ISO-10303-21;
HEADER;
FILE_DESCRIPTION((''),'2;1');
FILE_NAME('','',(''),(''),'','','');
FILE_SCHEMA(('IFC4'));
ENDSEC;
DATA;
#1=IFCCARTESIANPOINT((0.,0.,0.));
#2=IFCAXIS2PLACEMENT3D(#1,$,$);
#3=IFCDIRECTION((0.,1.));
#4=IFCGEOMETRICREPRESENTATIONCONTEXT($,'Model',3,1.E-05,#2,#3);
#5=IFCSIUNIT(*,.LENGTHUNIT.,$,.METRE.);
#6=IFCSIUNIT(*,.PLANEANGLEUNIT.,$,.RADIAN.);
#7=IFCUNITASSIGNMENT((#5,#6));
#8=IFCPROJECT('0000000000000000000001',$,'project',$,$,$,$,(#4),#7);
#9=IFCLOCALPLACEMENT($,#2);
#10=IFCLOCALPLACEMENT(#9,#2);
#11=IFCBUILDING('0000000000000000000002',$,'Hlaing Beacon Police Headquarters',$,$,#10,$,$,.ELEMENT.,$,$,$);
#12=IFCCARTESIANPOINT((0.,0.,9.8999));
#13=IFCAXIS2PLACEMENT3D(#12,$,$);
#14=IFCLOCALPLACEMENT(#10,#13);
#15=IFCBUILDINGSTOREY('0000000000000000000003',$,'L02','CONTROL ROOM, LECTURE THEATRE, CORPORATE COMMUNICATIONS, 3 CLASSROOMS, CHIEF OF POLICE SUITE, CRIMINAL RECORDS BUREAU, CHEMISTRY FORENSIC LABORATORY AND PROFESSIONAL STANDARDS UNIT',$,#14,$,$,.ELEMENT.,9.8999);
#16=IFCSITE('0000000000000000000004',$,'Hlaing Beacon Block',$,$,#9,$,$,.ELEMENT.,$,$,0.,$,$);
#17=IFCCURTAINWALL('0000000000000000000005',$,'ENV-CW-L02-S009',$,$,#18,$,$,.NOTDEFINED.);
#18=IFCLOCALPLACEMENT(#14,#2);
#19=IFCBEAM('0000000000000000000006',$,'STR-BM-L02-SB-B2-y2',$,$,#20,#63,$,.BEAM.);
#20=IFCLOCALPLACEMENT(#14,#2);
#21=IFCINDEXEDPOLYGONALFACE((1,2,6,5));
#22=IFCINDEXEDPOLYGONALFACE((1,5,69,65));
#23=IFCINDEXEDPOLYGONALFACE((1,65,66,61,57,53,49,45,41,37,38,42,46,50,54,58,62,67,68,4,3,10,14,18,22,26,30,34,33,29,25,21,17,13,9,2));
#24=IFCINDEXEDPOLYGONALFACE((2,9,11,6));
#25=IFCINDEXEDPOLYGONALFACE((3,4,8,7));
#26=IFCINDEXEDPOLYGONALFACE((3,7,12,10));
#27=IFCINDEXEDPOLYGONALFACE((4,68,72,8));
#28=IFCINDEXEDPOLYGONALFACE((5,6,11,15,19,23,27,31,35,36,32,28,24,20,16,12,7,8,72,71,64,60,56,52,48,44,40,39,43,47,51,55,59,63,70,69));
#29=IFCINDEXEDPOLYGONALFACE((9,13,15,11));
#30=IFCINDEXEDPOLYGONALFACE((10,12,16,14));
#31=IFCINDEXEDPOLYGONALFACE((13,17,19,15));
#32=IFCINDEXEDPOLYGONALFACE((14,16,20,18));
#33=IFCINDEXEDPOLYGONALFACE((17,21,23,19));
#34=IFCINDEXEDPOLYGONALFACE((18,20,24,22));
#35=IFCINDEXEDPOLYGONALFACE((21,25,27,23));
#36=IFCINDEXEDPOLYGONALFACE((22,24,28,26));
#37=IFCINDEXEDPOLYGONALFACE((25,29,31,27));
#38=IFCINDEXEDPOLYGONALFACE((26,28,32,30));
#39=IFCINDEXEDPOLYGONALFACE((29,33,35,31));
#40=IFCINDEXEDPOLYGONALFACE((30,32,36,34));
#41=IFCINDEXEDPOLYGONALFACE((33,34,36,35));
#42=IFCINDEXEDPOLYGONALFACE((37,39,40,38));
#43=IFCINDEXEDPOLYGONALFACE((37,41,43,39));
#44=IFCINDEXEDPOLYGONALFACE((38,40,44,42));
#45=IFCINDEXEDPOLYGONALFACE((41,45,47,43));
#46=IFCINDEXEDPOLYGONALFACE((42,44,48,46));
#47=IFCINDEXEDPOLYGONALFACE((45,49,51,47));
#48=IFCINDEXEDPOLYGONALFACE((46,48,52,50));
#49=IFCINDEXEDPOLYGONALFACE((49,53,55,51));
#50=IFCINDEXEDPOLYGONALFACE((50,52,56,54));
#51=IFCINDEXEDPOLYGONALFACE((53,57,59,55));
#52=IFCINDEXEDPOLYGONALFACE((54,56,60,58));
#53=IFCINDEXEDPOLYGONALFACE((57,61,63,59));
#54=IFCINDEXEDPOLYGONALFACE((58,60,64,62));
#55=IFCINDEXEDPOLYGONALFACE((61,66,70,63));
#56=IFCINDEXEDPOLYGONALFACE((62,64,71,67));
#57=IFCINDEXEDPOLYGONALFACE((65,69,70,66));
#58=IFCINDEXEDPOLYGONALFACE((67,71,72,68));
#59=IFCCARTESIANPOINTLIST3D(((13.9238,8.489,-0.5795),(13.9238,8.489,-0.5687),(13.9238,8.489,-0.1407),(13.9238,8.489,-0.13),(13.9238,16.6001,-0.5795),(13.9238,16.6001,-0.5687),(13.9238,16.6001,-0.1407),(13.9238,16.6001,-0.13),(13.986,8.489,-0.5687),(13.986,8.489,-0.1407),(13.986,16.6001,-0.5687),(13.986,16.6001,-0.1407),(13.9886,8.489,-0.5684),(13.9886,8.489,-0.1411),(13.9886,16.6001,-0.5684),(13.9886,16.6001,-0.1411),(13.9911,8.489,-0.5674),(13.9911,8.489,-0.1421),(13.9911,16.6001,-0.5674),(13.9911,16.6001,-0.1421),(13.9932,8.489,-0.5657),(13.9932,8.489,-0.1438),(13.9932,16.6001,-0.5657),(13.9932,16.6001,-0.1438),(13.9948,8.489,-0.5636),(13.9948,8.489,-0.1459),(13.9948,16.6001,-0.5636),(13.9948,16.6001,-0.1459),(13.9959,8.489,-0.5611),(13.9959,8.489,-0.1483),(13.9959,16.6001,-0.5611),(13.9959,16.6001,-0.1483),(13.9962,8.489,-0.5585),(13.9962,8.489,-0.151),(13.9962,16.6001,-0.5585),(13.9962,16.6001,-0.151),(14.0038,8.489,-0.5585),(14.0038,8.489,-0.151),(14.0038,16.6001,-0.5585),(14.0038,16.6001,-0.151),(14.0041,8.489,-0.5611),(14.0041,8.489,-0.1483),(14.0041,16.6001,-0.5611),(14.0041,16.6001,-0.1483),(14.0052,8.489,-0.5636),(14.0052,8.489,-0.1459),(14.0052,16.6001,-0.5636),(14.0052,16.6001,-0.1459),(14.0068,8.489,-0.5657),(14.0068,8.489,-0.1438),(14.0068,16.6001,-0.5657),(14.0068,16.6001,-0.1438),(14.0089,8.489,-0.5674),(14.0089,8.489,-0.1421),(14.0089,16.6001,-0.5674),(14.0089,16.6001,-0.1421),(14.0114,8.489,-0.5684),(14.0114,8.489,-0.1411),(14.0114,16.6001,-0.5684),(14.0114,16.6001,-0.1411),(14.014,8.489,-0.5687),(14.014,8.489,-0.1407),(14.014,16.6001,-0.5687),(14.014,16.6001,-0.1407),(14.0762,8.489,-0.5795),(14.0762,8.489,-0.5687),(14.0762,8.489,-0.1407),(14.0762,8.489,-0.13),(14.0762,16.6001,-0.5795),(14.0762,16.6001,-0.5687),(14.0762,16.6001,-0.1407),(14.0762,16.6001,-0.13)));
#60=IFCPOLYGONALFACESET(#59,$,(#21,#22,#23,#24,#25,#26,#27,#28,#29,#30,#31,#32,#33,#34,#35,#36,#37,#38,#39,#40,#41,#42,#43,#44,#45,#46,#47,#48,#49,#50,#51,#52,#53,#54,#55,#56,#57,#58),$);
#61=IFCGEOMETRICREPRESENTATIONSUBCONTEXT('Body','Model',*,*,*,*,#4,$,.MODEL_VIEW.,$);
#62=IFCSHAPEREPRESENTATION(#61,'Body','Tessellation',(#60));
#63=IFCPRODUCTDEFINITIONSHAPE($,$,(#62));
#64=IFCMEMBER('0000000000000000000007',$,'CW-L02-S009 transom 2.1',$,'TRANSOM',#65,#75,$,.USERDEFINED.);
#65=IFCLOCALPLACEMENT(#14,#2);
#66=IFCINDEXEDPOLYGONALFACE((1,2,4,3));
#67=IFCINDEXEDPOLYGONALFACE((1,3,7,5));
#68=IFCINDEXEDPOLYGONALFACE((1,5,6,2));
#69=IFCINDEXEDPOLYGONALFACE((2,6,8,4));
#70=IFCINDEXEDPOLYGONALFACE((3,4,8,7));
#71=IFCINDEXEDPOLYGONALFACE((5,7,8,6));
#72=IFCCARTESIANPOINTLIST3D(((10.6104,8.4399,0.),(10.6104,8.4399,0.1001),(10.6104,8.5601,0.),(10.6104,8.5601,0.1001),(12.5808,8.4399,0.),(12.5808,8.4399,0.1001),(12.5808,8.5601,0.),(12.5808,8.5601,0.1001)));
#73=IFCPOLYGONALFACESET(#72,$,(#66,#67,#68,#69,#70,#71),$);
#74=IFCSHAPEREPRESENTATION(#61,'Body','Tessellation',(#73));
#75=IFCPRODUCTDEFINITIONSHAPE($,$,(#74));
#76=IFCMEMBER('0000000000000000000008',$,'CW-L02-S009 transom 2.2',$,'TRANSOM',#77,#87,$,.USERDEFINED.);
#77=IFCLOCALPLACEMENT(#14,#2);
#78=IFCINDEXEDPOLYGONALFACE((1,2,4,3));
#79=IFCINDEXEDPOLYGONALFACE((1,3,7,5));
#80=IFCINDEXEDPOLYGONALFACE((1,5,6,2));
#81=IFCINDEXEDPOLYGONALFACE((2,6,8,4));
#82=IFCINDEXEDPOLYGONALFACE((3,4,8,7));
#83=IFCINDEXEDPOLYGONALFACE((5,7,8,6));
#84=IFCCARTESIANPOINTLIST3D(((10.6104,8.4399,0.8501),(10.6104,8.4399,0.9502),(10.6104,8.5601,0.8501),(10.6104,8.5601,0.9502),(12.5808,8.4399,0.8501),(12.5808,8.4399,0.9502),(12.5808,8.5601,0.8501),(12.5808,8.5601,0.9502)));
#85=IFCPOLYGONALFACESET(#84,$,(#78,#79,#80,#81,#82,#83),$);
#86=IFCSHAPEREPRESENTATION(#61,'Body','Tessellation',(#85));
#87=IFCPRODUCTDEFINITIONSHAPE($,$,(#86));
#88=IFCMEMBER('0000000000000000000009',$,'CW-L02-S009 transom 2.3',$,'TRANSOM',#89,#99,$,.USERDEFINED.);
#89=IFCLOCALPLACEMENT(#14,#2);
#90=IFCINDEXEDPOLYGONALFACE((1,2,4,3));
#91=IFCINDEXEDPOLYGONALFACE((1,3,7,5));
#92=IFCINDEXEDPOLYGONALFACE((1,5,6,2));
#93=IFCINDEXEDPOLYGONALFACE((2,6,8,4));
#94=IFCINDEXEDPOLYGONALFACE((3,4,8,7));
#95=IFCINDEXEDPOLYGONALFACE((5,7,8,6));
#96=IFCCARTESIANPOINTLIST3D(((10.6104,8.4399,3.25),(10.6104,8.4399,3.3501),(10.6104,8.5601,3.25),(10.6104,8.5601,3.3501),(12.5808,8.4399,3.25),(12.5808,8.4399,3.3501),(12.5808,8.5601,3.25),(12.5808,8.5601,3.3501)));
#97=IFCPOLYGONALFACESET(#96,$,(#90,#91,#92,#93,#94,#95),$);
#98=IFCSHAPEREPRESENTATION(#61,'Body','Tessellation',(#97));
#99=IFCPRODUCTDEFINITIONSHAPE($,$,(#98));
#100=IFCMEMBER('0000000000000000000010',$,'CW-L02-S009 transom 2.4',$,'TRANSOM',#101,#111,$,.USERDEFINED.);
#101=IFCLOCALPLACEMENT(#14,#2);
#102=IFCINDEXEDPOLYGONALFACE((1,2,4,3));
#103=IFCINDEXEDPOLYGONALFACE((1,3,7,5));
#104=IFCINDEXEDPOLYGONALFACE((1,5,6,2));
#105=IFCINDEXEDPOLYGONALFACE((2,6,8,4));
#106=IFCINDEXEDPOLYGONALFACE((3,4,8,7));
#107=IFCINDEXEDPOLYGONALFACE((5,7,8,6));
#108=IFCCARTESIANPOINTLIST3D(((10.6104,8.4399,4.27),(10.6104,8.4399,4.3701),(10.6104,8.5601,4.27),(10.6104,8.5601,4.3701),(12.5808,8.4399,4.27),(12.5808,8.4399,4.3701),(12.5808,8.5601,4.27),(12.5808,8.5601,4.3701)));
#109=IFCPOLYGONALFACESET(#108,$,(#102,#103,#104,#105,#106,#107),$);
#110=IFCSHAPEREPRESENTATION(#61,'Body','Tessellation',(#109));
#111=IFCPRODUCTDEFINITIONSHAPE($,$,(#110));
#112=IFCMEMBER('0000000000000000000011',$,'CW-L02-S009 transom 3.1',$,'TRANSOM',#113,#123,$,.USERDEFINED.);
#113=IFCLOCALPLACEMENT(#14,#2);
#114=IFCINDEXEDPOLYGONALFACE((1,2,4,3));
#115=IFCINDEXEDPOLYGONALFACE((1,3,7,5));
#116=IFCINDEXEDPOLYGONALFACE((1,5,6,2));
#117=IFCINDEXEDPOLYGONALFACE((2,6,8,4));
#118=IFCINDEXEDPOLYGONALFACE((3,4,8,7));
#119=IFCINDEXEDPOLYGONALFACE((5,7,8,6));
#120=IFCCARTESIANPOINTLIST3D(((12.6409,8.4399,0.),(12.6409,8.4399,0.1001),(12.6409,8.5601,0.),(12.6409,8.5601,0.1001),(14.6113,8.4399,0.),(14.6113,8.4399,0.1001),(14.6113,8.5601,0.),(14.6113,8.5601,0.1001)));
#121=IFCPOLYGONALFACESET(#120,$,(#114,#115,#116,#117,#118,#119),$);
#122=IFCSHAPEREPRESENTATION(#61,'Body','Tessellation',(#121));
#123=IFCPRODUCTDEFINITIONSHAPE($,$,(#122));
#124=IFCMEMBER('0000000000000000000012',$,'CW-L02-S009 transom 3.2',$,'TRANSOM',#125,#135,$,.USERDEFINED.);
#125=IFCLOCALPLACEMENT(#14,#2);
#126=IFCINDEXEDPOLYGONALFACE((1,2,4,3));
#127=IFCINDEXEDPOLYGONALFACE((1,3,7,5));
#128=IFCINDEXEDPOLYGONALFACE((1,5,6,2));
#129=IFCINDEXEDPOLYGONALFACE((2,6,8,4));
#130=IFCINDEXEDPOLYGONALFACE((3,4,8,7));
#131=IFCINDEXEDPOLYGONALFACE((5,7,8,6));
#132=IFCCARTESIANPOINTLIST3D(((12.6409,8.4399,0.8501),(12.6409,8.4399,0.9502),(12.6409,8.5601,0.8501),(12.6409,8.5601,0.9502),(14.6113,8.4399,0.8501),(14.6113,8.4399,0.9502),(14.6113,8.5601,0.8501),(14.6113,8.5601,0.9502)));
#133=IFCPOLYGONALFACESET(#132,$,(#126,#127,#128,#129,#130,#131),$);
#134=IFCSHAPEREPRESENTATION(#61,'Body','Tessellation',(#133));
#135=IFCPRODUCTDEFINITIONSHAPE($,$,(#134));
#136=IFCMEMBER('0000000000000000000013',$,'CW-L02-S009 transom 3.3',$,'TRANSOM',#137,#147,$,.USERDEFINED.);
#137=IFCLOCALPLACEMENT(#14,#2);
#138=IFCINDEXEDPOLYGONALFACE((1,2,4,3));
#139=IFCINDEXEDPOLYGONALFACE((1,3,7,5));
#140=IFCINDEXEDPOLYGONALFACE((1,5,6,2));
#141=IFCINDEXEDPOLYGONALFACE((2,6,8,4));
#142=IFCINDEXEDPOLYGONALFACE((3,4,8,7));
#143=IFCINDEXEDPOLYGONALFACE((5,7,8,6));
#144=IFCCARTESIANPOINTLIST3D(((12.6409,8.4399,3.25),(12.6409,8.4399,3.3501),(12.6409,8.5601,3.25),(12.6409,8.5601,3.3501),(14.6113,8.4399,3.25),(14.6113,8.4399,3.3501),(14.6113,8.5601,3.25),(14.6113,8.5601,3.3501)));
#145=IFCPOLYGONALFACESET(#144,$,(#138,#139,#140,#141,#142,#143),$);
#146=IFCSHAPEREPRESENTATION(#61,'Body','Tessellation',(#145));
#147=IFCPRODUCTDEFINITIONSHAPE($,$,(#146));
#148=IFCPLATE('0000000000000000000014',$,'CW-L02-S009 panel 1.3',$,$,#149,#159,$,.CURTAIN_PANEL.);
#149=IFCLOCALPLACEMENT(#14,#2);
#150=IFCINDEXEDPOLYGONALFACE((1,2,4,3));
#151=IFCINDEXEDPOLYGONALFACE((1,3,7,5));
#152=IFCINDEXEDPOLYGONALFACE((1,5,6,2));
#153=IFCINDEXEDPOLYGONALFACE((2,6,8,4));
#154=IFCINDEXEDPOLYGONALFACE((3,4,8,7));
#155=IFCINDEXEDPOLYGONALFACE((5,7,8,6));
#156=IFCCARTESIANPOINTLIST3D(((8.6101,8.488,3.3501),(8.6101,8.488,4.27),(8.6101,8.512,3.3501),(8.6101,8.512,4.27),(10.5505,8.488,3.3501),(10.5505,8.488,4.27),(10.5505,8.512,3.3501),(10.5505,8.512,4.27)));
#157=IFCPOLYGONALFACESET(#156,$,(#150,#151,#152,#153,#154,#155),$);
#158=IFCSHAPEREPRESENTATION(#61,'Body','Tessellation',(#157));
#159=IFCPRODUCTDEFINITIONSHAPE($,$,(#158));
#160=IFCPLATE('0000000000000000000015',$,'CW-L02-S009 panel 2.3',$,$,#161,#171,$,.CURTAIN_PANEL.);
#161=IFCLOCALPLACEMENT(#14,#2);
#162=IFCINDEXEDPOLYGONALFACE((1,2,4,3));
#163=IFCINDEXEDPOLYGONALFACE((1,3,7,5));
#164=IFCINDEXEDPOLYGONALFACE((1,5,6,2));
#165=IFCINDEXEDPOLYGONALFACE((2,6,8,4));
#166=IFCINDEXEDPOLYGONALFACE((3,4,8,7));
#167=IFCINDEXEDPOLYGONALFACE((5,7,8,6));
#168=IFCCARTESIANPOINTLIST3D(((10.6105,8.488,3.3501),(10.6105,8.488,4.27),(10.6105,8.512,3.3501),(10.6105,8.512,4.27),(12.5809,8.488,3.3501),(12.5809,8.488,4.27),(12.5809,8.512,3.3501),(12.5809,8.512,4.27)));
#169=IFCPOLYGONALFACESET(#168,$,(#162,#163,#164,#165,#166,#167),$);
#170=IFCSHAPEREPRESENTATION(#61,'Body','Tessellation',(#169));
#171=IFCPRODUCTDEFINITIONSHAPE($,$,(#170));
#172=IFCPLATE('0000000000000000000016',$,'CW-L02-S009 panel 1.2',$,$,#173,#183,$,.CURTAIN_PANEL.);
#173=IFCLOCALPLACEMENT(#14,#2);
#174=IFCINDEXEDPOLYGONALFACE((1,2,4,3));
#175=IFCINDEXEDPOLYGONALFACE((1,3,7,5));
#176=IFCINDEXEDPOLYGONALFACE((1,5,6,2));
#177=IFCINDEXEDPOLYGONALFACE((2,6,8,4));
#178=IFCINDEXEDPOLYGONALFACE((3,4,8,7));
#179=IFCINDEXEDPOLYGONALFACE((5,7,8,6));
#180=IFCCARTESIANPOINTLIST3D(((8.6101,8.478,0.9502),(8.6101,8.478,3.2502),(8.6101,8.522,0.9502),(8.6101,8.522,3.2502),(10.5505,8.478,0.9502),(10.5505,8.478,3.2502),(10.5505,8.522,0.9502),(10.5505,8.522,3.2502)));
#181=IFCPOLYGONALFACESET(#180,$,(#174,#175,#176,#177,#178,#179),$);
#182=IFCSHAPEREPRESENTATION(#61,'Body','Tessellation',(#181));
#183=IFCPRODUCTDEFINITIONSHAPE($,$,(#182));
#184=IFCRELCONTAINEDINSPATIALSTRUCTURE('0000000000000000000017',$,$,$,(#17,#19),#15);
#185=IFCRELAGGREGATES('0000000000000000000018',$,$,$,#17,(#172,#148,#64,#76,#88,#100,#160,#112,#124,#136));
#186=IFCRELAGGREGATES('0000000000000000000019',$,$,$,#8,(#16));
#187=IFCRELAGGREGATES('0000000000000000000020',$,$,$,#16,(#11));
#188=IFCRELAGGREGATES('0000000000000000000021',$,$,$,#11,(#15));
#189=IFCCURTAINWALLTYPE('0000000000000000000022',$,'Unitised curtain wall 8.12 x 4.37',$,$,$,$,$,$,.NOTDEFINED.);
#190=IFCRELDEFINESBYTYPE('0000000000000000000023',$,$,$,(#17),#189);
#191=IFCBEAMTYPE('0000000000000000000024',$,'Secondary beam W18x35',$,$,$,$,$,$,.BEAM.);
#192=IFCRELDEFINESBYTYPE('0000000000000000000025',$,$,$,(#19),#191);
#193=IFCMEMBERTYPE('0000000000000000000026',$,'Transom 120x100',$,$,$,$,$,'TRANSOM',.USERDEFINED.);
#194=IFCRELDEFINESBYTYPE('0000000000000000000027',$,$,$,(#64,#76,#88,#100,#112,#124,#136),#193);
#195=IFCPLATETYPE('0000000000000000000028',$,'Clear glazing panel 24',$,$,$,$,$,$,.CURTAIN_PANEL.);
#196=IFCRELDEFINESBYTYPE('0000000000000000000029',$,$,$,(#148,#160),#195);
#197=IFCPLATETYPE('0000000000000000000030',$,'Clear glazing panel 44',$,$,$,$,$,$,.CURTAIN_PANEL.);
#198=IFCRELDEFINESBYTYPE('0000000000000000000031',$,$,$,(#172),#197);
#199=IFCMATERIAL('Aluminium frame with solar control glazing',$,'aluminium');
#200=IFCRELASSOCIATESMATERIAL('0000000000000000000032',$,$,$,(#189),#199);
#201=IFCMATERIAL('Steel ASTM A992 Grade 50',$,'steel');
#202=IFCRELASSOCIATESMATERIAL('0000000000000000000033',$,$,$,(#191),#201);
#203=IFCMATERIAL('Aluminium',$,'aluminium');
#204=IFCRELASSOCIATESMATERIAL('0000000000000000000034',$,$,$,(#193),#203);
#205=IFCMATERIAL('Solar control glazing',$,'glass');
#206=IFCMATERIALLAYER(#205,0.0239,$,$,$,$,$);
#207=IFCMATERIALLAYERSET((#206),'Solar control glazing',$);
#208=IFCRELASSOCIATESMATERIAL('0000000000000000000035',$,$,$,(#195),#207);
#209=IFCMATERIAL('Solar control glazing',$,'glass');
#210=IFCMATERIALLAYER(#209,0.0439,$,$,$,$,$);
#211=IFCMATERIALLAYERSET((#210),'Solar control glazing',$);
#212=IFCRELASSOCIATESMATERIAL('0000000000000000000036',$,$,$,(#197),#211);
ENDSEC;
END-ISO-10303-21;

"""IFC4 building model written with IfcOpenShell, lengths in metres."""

from ifc_helpers import new_model, si_unit, direction, frame, origin, origin_2d, place, context, subcontext, project, spatial, rectangle, i_section, extrude, material, layer, layer_set, material_profile, profile_set, type_object, element, aggregate, save


model = new_model("IFC4")

# Units and contexts
model_context = context("Model", 3, precision=1e-05, world=origin(), true_north=direction((0.0, 1.0)))
body_context = subcontext(model_context, "Body", "Model", "MODEL_VIEW")
ifc_project = project(units=[si_unit("LENGTHUNIT", "METRE"), si_unit("PLANEANGLEUNIT", "RADIAN")], contexts=[model_context])

# Site, building, storey
site_placement = place(None, origin())
site = spatial("IfcSite", under=ifc_project, at=site_placement, Name="Hlaing Beacon Block", CompositionType="ELEMENT", RefElevation=0.0)
building_placement = place(site_placement, origin())
building = spatial("IfcBuilding", under=site, at=building_placement, Name="Hlaing Beacon Police Headquarters", CompositionType="ELEMENT")
storey_placement = place(building_placement, frame((0.0, 0.0, 9.8999)))
storey = spatial("IfcBuildingStorey", under=building, at=storey_placement, Name="L02", Description="CONTROL ROOM, LECTURE THEATRE, CORPORATE COMMUNICATIONS, 3 CLASSROOMS, CHIEF OF POLICE SUITE, CRIMINAL RECORDS BUREAU, CHEMISTRY FORENSIC LABORATORY AND PROFESSIONAL STANDARDS UNIT", CompositionType="ELEMENT", Elevation=9.8999)

# Curtain wall
ifc_material_1 = material(Name="Aluminium frame with solar control glazing", Category="aluminium")
curtain_wall_type = type_object("IfcCurtainWallType", Name="Unitised curtain wall 8.12 x 4.37", PredefinedType="NOTDEFINED", material=ifc_material_1)
curtain_wall_placement = place(storey_placement, origin())
curtain_wall = element("IfcCurtainWall", 1, at=curtain_wall_placement, inside=storey, type_object=curtain_wall_type, Name="ENV-CW-L02-S009", PredefinedType="NOTDEFINED")

# Beam
ifc_material_2 = material(Name="Steel ASTM A992 Grade 50", Category="steel")
ifc_material_profile_1 = material_profile(ifc_material_2, i_section(OverallWidth=0.1523, OverallDepth=0.4495, WebThickness=0.0076, FlangeThickness=0.0107, FilletRadius=0.0103, at=origin_2d()), Name="W18x35")
ifc_profile_set_1 = profile_set([ifc_material_profile_1], Name="Steel ASTM A992 Grade 50")
beam_type_1 = type_object("IfcBeamType", Name="Secondary beam W18x35", PredefinedType="BEAM", material=ifc_profile_set_1)
for number, where, z_axis, x_axis, name in (
    (2, (14.0, 8.489, -0.3547), (0.0, 1.0, 0.0), (-1.0, 0.0, 0.0), "STR-BM-L02-SB-B2-y2"),
):
    element("IfcBeam", number, at=place(storey_placement, frame(where, z_axis=z_axis, x_axis=x_axis)), inside=storey, type_object=beam_type_1, Name=name, PredefinedType="BEAM", context=body_context, shape_type="SweptSolid", body=[
        extrude(i_section(OverallWidth=0.1523, OverallDepth=0.4495, WebThickness=0.0076, FlangeThickness=0.0107, FilletRadius=0.0103, at=origin_2d()), origin(), (0.0, 0.0, 1.0), 8.1111),
    ])

# Members
ifc_material_3 = material(Name="Aluminium", Category="aluminium")
ifc_material_profile_2 = material_profile(ifc_material_3, rectangle(XDim=0.1201, YDim=0.1001, at=origin_2d()), Name="Transom 120x100")
ifc_profile_set_2 = profile_set([ifc_material_profile_2], Name="Aluminium")
member_type_1 = type_object("IfcMemberType", Name="Transom 120x100", ElementType="TRANSOM", PredefinedType="USERDEFINED", material=ifc_profile_set_2)
member_1_placement = place(storey_placement, frame((10.6104, 8.5, 0.05), z_axis=(1.0, 0.0, 0.0), x_axis=(0.0, 1.0, 0.0)))
member_1 = element("IfcMember", 3, at=member_1_placement, type_object=member_type_1, Name="CW-L02-S009 transom 2.1", ObjectType="TRANSOM", PredefinedType="USERDEFINED", context=body_context, shape_type="SweptSolid", body=[
    extrude(rectangle(XDim=0.1201, YDim=0.1001, at=origin_2d()), origin(), (0.0, 0.0, 1.0), 1.9705),
])
member_2_placement = place(storey_placement, frame((10.6104, 8.5, 0.9001), z_axis=(1.0, 0.0, 0.0), x_axis=(0.0, 1.0, 0.0)))
member_2 = element("IfcMember", 4, at=member_2_placement, type_object=member_type_1, Name="CW-L02-S009 transom 2.2", ObjectType="TRANSOM", PredefinedType="USERDEFINED", context=body_context, shape_type="SweptSolid", body=[
    extrude(rectangle(XDim=0.1201, YDim=0.1001, at=origin_2d()), origin(), (0.0, 0.0, 1.0), 1.9705),
])
member_3_placement = place(storey_placement, frame((10.6104, 8.5, 3.3), z_axis=(1.0, 0.0, 0.0), x_axis=(0.0, 1.0, 0.0)))
member_3 = element("IfcMember", 5, at=member_3_placement, type_object=member_type_1, Name="CW-L02-S009 transom 2.3", ObjectType="TRANSOM", PredefinedType="USERDEFINED", context=body_context, shape_type="SweptSolid", body=[
    extrude(rectangle(XDim=0.1201, YDim=0.1001, at=origin_2d()), origin(), (0.0, 0.0, 1.0), 1.9705),
])
member_4_placement = place(storey_placement, frame((10.6104, 8.5, 4.3201), z_axis=(1.0, 0.0, 0.0), x_axis=(0.0, 1.0, 0.0)))
member_4 = element("IfcMember", 6, at=member_4_placement, type_object=member_type_1, Name="CW-L02-S009 transom 2.4", ObjectType="TRANSOM", PredefinedType="USERDEFINED", context=body_context, shape_type="SweptSolid", body=[
    extrude(rectangle(XDim=0.1201, YDim=0.1001, at=origin_2d()), origin(), (0.0, 0.0, 1.0), 1.9705),
])
member_5_placement = place(storey_placement, frame((12.6409, 8.5, 0.05), z_axis=(1.0, 0.0, 0.0), x_axis=(0.0, 1.0, 0.0)))
member_5 = element("IfcMember", 7, at=member_5_placement, type_object=member_type_1, Name="CW-L02-S009 transom 3.1", ObjectType="TRANSOM", PredefinedType="USERDEFINED", context=body_context, shape_type="SweptSolid", body=[
    extrude(rectangle(XDim=0.1201, YDim=0.1001, at=origin_2d()), origin(), (0.0, 0.0, 1.0), 1.9705),
])
member_6_placement = place(storey_placement, frame((12.6409, 8.5, 0.9001), z_axis=(1.0, 0.0, 0.0), x_axis=(0.0, 1.0, 0.0)))
member_6 = element("IfcMember", 8, at=member_6_placement, type_object=member_type_1, Name="CW-L02-S009 transom 3.2", ObjectType="TRANSOM", PredefinedType="USERDEFINED", context=body_context, shape_type="SweptSolid", body=[
    extrude(rectangle(XDim=0.1201, YDim=0.1001, at=origin_2d()), origin(), (0.0, 0.0, 1.0), 1.9705),
])
member_7_placement = place(storey_placement, frame((12.6409, 8.5, 3.3), z_axis=(1.0, 0.0, 0.0), x_axis=(0.0, 1.0, 0.0)))
member_7 = element("IfcMember", 9, at=member_7_placement, type_object=member_type_1, Name="CW-L02-S009 transom 3.3", ObjectType="TRANSOM", PredefinedType="USERDEFINED", context=body_context, shape_type="SweptSolid", body=[
    extrude(rectangle(XDim=0.1201, YDim=0.1001, at=origin_2d()), origin(), (0.0, 0.0, 1.0), 1.9705),
])

# Plates
ifc_material_4 = material(Name="Solar control glazing", Category="glass")
ifc_layer_1 = layer(ifc_material_4, 0.0239)
ifc_layer_set_1 = layer_set([ifc_layer_1], Name="Solar control glazing")
plate_type_1 = type_object("IfcPlateType", Name="Clear glazing panel 24", PredefinedType="CURTAIN_PANEL", material=ifc_layer_set_1)
plate_1_placement = place(storey_placement, frame((9.5803, 8.5, 3.3501), z_axis=(0.0, 0.0, 1.0), x_axis=(1.0, 0.0, 0.0)))
plate_1 = element("IfcPlate", 10, at=plate_1_placement, type_object=plate_type_1, Name="CW-L02-S009 panel 1.3", PredefinedType="CURTAIN_PANEL", context=body_context, shape_type="SweptSolid", body=[
    extrude(rectangle(XDim=1.9404, YDim=0.0239, at=origin_2d()), origin(), (0.0, 0.0, 1.0), 0.9199),
])
plate_2_placement = place(storey_placement, frame((11.5957, 8.5, 3.3501), z_axis=(0.0, 0.0, 1.0), x_axis=(1.0, 0.0, 0.0)))
plate_2 = element("IfcPlate", 11, at=plate_2_placement, type_object=plate_type_1, Name="CW-L02-S009 panel 2.3", PredefinedType="CURTAIN_PANEL", context=body_context, shape_type="SweptSolid", body=[
    extrude(rectangle(XDim=1.9705, YDim=0.0239, at=origin_2d()), origin(), (0.0, 0.0, 1.0), 0.9199),
])
ifc_material_5 = material(Name="Solar control glazing", Category="glass")
ifc_layer_2 = layer(ifc_material_5, 0.0439)
ifc_layer_set_2 = layer_set([ifc_layer_2], Name="Solar control glazing")
plate_type_2 = type_object("IfcPlateType", Name="Clear glazing panel 44", PredefinedType="CURTAIN_PANEL", material=ifc_layer_set_2)
plate_3_placement = place(storey_placement, frame((9.5803, 8.5, 0.9502), z_axis=(0.0, 0.0, 1.0), x_axis=(1.0, 0.0, 0.0)))
plate_3 = element("IfcPlate", 12, at=plate_3_placement, type_object=plate_type_2, Name="CW-L02-S009 panel 1.2", PredefinedType="CURTAIN_PANEL", context=body_context, shape_type="SweptSolid", body=[
    extrude(rectangle(XDim=1.9404, YDim=0.0439, at=origin_2d()), origin(), (0.0, 0.0, 1.0), 2.3),
])
aggregate(curtain_wall, [plate_3, plate_1, member_1, member_2, member_3, member_4, plate_2, member_5, member_6, member_7])

save(model, "model.ifc")
